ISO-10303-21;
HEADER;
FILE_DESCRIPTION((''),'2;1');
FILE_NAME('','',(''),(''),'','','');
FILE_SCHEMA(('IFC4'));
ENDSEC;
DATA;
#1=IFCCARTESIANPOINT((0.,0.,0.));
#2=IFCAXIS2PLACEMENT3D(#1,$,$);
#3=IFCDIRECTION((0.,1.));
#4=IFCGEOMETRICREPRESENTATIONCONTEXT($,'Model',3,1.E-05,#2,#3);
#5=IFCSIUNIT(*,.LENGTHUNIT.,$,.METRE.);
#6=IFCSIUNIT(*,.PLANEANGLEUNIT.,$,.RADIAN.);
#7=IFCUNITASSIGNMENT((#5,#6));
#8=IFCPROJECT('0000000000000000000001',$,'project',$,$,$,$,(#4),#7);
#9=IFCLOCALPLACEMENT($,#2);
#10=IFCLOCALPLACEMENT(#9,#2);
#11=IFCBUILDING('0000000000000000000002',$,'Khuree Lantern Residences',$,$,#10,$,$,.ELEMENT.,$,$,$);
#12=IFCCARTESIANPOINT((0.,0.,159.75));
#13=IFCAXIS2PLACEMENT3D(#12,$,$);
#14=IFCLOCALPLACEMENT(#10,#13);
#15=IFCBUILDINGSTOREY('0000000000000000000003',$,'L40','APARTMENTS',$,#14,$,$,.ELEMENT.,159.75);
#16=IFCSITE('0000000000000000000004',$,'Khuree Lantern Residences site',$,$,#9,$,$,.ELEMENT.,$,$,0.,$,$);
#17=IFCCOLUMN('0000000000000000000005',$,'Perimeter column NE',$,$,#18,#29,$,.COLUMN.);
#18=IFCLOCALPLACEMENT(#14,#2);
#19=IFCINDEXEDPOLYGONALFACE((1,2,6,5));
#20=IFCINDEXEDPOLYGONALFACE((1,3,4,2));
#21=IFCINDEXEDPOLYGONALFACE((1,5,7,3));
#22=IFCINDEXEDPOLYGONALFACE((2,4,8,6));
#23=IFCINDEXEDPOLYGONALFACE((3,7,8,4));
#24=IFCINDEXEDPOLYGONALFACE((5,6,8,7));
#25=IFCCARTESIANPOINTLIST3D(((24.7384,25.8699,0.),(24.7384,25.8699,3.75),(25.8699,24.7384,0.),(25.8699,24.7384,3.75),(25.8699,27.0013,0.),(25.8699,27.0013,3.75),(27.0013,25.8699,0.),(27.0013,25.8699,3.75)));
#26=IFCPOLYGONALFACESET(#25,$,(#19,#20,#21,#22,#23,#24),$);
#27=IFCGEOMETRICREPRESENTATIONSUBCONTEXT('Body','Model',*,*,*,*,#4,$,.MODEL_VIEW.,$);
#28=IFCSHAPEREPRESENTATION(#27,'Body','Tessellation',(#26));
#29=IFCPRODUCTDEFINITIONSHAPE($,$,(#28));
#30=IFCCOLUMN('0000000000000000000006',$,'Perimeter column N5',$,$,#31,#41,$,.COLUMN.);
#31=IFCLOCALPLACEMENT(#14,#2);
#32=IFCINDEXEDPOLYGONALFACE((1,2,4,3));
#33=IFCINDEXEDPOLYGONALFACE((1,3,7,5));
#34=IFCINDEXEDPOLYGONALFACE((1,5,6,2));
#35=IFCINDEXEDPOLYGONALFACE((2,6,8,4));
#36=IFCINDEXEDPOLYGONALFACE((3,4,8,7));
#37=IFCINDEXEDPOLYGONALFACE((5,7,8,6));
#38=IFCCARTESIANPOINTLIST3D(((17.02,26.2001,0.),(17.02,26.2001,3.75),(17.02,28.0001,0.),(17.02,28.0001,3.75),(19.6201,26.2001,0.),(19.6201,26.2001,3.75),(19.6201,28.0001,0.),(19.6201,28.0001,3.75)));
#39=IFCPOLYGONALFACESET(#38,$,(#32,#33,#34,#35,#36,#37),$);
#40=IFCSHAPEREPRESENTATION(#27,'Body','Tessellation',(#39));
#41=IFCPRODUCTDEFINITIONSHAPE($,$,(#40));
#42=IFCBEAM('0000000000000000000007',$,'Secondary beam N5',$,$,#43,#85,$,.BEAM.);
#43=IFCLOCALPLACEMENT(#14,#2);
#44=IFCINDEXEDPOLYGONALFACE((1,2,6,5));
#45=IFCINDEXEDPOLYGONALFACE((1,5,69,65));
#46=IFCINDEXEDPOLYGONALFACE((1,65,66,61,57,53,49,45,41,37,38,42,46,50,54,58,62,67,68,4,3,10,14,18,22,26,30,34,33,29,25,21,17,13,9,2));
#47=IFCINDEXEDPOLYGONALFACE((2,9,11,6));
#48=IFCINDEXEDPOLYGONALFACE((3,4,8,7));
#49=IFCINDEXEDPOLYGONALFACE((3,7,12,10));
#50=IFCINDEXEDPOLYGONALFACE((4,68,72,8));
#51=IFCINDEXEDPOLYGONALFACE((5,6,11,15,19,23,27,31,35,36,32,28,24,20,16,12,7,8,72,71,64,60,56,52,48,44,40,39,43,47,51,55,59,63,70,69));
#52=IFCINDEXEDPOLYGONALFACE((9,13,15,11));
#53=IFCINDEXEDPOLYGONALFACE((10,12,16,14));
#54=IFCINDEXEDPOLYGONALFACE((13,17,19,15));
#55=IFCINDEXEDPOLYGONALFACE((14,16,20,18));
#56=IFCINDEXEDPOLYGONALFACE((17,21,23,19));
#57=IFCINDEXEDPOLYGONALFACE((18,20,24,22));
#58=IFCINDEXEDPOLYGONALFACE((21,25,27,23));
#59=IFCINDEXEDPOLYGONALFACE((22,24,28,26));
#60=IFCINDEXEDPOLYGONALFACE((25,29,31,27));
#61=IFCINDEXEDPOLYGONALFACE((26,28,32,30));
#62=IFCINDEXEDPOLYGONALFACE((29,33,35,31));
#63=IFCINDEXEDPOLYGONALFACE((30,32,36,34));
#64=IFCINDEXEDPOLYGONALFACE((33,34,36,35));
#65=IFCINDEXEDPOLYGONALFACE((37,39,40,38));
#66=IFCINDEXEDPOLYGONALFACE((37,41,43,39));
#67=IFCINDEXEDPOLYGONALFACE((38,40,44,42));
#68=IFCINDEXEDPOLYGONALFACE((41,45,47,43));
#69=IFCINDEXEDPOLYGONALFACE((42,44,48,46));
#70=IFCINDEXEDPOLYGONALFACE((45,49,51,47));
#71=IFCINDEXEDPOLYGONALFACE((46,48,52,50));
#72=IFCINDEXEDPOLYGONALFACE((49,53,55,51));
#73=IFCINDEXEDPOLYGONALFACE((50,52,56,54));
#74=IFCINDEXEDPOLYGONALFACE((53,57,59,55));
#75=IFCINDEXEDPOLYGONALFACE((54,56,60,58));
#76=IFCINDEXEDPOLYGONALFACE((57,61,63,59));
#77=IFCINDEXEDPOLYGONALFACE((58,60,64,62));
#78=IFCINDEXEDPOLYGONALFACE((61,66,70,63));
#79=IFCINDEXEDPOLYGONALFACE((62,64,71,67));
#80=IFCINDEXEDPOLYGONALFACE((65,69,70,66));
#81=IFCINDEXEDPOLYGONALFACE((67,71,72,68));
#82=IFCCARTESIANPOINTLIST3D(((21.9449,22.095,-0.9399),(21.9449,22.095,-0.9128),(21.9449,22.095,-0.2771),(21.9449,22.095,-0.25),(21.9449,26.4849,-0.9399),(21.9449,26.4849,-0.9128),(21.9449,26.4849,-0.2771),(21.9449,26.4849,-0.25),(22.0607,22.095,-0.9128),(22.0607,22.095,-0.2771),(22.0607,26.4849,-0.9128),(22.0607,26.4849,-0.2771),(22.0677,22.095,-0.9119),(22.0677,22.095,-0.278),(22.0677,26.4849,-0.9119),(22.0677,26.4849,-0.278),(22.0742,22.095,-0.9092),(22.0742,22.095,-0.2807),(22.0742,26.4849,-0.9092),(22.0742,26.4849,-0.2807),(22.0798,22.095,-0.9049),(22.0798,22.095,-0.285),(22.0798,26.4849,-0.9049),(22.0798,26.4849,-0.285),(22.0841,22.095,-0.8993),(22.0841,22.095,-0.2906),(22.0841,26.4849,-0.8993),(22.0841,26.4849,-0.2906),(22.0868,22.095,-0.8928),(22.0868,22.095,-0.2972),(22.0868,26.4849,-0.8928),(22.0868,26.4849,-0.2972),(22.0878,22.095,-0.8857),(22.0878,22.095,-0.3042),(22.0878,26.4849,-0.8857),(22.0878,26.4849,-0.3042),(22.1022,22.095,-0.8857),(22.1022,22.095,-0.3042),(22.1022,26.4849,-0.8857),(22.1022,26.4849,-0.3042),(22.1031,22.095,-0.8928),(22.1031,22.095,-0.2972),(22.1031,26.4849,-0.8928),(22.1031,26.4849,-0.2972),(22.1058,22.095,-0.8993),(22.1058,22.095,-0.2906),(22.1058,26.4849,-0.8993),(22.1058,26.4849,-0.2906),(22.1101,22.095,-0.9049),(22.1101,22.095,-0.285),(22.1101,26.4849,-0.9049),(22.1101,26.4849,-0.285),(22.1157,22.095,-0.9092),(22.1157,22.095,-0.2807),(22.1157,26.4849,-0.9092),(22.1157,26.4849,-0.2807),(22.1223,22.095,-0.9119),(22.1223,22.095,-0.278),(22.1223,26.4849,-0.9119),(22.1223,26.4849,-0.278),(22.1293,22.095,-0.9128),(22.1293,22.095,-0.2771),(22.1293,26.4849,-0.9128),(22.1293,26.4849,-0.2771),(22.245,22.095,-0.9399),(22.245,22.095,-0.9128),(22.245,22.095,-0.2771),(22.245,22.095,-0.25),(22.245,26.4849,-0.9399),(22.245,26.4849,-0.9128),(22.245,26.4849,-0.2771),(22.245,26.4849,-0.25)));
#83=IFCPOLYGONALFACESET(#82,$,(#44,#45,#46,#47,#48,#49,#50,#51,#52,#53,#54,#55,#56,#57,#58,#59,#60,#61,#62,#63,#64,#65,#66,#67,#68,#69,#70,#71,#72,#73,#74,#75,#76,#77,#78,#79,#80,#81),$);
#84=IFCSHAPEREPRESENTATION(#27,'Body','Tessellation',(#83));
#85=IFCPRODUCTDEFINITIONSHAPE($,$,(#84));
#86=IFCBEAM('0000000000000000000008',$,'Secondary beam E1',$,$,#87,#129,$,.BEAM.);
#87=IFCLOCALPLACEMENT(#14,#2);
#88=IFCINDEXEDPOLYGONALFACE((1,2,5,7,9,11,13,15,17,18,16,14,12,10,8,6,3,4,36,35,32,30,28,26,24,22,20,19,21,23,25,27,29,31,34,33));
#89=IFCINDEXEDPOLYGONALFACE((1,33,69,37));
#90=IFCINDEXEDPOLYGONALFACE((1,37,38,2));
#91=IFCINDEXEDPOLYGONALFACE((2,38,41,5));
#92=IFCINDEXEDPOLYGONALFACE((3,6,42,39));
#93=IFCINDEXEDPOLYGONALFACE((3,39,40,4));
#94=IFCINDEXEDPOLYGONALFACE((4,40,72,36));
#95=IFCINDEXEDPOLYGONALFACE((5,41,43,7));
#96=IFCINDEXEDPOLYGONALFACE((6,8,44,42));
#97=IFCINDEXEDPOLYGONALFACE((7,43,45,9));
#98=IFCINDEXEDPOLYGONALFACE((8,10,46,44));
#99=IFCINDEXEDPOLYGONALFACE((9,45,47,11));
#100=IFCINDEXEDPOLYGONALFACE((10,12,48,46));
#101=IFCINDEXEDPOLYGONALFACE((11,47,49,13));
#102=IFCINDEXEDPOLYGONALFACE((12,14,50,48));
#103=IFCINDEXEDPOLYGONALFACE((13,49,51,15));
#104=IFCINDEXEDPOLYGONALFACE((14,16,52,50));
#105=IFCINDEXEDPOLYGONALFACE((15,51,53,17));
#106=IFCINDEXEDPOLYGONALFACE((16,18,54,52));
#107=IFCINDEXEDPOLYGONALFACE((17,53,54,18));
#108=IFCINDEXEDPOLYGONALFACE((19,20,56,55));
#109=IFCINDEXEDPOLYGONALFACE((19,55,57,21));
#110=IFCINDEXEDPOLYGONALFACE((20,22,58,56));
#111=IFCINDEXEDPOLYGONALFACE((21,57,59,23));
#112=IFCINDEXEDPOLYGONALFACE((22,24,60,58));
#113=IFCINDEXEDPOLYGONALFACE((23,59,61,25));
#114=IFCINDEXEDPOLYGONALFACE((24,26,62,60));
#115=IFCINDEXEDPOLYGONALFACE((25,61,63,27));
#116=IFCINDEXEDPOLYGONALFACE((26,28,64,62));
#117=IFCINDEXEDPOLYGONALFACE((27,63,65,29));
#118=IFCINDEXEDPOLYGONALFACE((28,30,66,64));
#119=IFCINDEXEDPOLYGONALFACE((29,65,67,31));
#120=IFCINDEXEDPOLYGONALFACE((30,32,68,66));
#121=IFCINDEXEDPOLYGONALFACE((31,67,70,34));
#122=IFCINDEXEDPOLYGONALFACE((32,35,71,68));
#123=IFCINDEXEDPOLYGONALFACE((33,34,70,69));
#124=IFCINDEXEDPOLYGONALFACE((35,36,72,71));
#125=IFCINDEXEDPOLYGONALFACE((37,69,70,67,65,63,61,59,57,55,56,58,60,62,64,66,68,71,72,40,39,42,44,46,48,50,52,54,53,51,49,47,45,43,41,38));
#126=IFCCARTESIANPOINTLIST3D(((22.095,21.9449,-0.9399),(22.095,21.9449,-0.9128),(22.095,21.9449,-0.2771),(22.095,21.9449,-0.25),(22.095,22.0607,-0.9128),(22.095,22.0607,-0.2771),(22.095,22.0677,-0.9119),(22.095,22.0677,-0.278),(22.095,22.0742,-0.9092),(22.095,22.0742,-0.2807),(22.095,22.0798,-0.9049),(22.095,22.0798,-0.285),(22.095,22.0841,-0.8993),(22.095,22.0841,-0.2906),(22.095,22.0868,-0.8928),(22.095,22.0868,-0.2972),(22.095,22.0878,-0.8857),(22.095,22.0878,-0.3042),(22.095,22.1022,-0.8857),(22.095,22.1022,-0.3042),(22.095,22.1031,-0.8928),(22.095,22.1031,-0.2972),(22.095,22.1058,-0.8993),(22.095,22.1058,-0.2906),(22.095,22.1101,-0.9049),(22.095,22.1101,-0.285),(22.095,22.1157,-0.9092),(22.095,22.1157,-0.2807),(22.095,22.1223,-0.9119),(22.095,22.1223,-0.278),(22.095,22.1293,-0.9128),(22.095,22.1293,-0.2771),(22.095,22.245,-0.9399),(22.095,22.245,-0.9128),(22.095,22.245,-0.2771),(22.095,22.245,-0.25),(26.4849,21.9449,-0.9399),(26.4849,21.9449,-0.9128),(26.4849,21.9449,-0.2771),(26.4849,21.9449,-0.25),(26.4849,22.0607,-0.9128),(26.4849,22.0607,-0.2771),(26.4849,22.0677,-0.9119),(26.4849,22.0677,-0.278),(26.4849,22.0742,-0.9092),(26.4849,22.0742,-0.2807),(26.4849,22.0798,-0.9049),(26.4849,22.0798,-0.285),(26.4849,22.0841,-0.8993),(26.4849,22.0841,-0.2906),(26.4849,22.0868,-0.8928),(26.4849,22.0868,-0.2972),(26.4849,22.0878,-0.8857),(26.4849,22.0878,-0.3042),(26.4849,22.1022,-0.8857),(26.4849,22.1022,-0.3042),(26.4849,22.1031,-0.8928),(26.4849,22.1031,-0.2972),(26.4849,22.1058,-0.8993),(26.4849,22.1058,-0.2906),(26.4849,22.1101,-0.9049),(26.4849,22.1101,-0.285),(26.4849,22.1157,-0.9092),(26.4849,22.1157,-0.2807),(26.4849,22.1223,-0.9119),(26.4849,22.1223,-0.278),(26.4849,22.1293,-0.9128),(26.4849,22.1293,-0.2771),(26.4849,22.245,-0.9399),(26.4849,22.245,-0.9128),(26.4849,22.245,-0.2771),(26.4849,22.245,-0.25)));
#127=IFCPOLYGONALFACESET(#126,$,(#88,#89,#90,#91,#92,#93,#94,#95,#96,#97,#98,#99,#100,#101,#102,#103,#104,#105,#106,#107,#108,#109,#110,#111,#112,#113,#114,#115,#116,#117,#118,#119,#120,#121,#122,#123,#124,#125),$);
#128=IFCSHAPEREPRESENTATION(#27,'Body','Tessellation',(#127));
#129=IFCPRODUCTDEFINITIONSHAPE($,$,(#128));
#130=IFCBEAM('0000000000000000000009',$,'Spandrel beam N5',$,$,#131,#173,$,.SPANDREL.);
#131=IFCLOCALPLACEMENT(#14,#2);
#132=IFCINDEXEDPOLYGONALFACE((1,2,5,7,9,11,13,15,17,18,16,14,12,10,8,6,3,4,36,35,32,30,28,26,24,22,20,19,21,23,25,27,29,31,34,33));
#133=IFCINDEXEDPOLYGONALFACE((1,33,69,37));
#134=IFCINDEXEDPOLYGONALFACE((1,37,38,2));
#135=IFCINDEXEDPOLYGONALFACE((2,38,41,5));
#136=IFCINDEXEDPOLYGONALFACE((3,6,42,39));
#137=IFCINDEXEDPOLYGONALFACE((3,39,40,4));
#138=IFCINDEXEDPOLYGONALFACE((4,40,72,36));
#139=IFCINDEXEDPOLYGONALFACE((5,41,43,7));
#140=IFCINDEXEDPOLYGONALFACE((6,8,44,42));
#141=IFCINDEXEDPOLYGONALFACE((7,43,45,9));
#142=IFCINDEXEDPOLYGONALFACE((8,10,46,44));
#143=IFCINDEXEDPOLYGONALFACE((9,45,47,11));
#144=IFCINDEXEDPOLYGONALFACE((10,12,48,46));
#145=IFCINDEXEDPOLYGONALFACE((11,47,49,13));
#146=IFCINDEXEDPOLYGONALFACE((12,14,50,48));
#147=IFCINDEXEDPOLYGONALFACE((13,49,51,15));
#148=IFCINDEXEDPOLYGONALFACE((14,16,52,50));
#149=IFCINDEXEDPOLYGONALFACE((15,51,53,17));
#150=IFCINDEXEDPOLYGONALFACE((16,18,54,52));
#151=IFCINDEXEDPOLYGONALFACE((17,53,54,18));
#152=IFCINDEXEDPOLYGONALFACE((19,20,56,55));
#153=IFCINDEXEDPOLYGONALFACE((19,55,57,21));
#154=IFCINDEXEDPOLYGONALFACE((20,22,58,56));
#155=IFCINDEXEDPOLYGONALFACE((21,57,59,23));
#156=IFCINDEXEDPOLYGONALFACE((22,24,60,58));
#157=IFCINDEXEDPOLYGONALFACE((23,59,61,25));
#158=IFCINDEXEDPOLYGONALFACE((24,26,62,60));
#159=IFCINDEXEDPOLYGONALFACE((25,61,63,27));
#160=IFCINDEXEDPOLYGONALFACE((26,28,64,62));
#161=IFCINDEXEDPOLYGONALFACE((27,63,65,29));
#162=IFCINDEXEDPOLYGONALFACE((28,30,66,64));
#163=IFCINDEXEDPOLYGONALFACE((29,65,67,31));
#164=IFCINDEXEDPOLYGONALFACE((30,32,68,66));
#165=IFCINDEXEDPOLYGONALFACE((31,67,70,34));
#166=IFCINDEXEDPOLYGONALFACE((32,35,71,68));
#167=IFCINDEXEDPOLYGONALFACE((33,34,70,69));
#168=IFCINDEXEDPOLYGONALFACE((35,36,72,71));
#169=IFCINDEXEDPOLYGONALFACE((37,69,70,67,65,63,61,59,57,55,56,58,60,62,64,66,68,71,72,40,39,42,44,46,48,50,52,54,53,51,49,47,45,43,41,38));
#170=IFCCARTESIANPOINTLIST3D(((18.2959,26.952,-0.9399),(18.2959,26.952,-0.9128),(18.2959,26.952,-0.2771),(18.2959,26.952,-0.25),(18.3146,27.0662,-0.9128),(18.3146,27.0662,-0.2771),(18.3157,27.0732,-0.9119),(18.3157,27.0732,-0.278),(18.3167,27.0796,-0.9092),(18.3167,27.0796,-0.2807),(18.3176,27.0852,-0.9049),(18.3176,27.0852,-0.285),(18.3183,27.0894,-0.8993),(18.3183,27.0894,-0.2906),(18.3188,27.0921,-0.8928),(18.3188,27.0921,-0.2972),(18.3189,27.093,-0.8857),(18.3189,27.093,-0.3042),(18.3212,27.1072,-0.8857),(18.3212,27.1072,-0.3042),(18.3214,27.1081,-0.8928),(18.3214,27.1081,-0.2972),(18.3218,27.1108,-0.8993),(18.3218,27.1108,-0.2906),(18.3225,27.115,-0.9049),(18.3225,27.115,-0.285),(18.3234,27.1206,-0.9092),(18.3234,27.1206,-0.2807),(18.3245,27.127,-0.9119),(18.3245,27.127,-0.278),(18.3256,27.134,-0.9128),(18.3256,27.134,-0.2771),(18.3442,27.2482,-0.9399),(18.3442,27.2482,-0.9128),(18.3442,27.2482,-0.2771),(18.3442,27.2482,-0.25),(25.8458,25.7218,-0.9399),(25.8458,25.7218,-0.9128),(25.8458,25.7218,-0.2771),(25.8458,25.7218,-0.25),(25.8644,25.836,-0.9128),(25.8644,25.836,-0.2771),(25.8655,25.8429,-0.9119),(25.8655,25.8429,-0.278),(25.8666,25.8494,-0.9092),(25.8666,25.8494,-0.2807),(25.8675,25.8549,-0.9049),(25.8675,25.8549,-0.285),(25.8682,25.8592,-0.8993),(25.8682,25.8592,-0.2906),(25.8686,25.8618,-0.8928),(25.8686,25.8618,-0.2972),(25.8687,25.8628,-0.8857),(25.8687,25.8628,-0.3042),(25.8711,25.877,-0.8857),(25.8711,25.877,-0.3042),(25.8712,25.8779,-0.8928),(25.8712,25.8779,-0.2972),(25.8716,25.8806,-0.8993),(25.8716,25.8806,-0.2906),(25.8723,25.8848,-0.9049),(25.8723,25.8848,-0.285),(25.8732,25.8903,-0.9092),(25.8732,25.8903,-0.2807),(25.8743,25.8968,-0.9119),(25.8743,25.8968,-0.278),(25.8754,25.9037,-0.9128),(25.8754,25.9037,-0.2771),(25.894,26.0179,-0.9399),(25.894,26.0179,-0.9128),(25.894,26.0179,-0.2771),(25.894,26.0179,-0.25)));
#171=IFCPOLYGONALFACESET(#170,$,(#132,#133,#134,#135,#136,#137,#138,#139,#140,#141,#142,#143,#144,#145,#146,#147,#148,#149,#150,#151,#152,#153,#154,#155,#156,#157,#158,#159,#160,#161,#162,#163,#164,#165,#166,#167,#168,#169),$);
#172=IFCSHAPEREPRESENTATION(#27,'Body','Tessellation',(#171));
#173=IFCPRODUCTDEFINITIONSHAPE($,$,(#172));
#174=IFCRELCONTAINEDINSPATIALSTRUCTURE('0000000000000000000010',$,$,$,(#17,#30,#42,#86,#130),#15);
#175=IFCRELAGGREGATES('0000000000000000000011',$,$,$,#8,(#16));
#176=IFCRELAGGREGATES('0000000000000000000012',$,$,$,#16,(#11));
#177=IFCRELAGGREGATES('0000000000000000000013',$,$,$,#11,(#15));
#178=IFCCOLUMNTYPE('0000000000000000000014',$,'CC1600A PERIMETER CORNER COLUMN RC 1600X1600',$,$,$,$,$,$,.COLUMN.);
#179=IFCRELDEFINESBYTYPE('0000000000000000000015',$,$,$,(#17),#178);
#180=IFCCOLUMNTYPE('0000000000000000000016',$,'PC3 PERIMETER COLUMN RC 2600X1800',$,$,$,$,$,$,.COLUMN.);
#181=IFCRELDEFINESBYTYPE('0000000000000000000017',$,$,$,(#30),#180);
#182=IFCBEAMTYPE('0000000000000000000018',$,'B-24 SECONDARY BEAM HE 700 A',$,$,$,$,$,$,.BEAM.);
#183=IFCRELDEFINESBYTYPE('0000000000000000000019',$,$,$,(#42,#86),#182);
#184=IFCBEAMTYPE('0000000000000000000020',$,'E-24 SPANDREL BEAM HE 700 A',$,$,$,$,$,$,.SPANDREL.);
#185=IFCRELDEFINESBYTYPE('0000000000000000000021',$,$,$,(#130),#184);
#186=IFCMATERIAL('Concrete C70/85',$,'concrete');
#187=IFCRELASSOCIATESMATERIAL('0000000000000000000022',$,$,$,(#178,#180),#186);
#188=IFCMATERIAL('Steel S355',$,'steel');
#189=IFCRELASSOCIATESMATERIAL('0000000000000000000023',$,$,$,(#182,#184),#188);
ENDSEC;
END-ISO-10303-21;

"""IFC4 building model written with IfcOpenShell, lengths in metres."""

from ifc_helpers import new_model, si_unit, direction, frame, origin, origin_2d, place, context, subcontext, project, spatial, rectangle, i_section, extrude, material, material_profile, profile_set, type_object, element, save


model = new_model("IFC4")

# Units and contexts
model_context = context("Model", 3, precision=1e-05, world=origin(), true_north=direction((0.0, 1.0)))
body_context = subcontext(model_context, "Body", "Model", "MODEL_VIEW")
ifc_project = project(units=[si_unit("LENGTHUNIT", "METRE"), si_unit("PLANEANGLEUNIT", "RADIAN")], contexts=[model_context])

# Site, building, storey
site_placement = place(None, origin())
site = spatial("IfcSite", under=ifc_project, at=site_placement, Name="Khuree Lantern Residences site", CompositionType="ELEMENT", RefElevation=0.0)
building_placement = place(site_placement, origin())
building = spatial("IfcBuilding", under=site, at=building_placement, Name="Khuree Lantern Residences", CompositionType="ELEMENT")
storey_placement = place(building_placement, frame((0.0, 0.0, 159.75)))
storey = spatial("IfcBuildingStorey", under=building, at=storey_placement, Name="L40", Description="APARTMENTS", CompositionType="ELEMENT", Elevation=159.75)

# Columns
ifc_material_1 = material(Name="Concrete C70/85", Category="concrete")
ifc_material_profile_1 = material_profile(ifc_material_1, rectangle(XDim=1.6001, YDim=1.6001, at=origin_2d()), Name="RC 1600X1600")
ifc_profile_set_1 = profile_set([ifc_material_profile_1], Name="Concrete C70/85")
column_type_1 = type_object("IfcColumnType", Name="CC1600A PERIMETER CORNER COLUMN RC 1600X1600", PredefinedType="COLUMN", material=ifc_profile_set_1)
column_1_placement = place(storey_placement, frame((25.8699, 25.8699, 0.0), z_axis=(0.0, 0.0, 1.0), x_axis=(0.707107, -0.707107, 0.0)))
element("IfcColumn", 1, at=column_1_placement, inside=storey, type_object=column_type_1, Name="Perimeter column NE", PredefinedType="COLUMN", context=body_context, shape_type="SweptSolid", body=[
    extrude(rectangle(XDim=1.6001, YDim=1.6001, at=origin_2d()), origin(), (0.0, 0.0, 1.0), 3.75),
])
ifc_material_profile_2 = material_profile(ifc_material_1, rectangle(XDim=2.6001, YDim=1.8, at=origin_2d()), Name="RC 2600X1800")
ifc_profile_set_2 = profile_set([ifc_material_profile_2], Name="Concrete C70/85")
column_type_2 = type_object("IfcColumnType", Name="PC3 PERIMETER COLUMN RC 2600X1800", PredefinedType="COLUMN", material=ifc_profile_set_2)
column_2_placement = place(storey_placement, frame((18.3201, 27.1001, 0.0), z_axis=(0.0, 0.0, 1.0), x_axis=(1.0, 0.0, 0.0)))
element("IfcColumn", 2, at=column_2_placement, inside=storey, type_object=column_type_2, Name="Perimeter column N5", PredefinedType="COLUMN", context=body_context, shape_type="SweptSolid", body=[
    extrude(rectangle(XDim=2.6001, YDim=1.8, at=origin_2d()), origin(), (0.0, 0.0, 1.0), 3.75),
])

# Beams
ifc_material_2 = material(Name="Steel S355", Category="steel")
ifc_material_profile_3 = material_profile(ifc_material_2, i_section(OverallWidth=0.3, OverallDepth=0.6899, WebThickness=0.0144, FlangeThickness=0.0271, FilletRadius=0.0271, at=origin_2d()), Name="HE 700 A")
ifc_profile_set_3 = profile_set([ifc_material_profile_3], Name="Steel S355")
beam_type_1 = type_object("IfcBeamType", Name="B-24 SECONDARY BEAM HE 700 A", PredefinedType="BEAM", material=ifc_profile_set_3)
for number, where, z_axis, x_axis, name in (
    (3, (22.095, 26.4849, -0.595), (0.0, -1.0, 0.0), (1.0, 0.0, 0.0), "Secondary beam N5"),
    (4, (26.4849, 22.095, -0.595), (-1.0, 0.0, 0.0), (0.0, -1.0, 0.0), "Secondary beam E1"),
):
    element("IfcBeam", number, at=place(storey_placement, frame(where, z_axis=z_axis, x_axis=x_axis)), inside=storey, type_object=beam_type_1, Name=name, PredefinedType="BEAM", context=body_context, shape_type="SweptSolid", body=[
        extrude(i_section(OverallWidth=0.3, OverallDepth=0.6899, WebThickness=0.0144, FlangeThickness=0.0271, FilletRadius=0.0271, at=origin_2d()), origin(), (0.0, 0.0, 1.0), 4.3899),
    ])
ifc_material_profile_4 = material_profile(ifc_material_2, i_section(OverallWidth=0.3, OverallDepth=0.6899, WebThickness=0.0144, FlangeThickness=0.0271, FilletRadius=0.0271, at=origin_2d()), Name="HE 700 A")
ifc_profile_set_4 = profile_set([ifc_material_profile_4], Name="Steel S355")
beam_type_2 = type_object("IfcBeamType", Name="E-24 SPANDREL BEAM HE 700 A", PredefinedType="SPANDREL", material=ifc_profile_set_4)
for number, where, z_axis, x_axis, name in (
    (5, (18.3201, 27.1001, -0.595), (0.986983, -0.160827, 0.0), (0.160827, 0.986983, 0.0), "Spandrel beam N5"),
):
    element("IfcBeam", number, at=place(storey_placement, frame(where, z_axis=z_axis, x_axis=x_axis)), inside=storey, type_object=beam_type_2, Name=name, PredefinedType="SPANDREL", context=body_context, shape_type="SweptSolid", body=[
        extrude(i_section(OverallWidth=0.3, OverallDepth=0.6899, WebThickness=0.0144, FlangeThickness=0.0271, FilletRadius=0.0271, at=origin_2d()), origin(), (0.0, 0.0, 1.0), 7.6494),
    ])

save(model, "model.ifc")
